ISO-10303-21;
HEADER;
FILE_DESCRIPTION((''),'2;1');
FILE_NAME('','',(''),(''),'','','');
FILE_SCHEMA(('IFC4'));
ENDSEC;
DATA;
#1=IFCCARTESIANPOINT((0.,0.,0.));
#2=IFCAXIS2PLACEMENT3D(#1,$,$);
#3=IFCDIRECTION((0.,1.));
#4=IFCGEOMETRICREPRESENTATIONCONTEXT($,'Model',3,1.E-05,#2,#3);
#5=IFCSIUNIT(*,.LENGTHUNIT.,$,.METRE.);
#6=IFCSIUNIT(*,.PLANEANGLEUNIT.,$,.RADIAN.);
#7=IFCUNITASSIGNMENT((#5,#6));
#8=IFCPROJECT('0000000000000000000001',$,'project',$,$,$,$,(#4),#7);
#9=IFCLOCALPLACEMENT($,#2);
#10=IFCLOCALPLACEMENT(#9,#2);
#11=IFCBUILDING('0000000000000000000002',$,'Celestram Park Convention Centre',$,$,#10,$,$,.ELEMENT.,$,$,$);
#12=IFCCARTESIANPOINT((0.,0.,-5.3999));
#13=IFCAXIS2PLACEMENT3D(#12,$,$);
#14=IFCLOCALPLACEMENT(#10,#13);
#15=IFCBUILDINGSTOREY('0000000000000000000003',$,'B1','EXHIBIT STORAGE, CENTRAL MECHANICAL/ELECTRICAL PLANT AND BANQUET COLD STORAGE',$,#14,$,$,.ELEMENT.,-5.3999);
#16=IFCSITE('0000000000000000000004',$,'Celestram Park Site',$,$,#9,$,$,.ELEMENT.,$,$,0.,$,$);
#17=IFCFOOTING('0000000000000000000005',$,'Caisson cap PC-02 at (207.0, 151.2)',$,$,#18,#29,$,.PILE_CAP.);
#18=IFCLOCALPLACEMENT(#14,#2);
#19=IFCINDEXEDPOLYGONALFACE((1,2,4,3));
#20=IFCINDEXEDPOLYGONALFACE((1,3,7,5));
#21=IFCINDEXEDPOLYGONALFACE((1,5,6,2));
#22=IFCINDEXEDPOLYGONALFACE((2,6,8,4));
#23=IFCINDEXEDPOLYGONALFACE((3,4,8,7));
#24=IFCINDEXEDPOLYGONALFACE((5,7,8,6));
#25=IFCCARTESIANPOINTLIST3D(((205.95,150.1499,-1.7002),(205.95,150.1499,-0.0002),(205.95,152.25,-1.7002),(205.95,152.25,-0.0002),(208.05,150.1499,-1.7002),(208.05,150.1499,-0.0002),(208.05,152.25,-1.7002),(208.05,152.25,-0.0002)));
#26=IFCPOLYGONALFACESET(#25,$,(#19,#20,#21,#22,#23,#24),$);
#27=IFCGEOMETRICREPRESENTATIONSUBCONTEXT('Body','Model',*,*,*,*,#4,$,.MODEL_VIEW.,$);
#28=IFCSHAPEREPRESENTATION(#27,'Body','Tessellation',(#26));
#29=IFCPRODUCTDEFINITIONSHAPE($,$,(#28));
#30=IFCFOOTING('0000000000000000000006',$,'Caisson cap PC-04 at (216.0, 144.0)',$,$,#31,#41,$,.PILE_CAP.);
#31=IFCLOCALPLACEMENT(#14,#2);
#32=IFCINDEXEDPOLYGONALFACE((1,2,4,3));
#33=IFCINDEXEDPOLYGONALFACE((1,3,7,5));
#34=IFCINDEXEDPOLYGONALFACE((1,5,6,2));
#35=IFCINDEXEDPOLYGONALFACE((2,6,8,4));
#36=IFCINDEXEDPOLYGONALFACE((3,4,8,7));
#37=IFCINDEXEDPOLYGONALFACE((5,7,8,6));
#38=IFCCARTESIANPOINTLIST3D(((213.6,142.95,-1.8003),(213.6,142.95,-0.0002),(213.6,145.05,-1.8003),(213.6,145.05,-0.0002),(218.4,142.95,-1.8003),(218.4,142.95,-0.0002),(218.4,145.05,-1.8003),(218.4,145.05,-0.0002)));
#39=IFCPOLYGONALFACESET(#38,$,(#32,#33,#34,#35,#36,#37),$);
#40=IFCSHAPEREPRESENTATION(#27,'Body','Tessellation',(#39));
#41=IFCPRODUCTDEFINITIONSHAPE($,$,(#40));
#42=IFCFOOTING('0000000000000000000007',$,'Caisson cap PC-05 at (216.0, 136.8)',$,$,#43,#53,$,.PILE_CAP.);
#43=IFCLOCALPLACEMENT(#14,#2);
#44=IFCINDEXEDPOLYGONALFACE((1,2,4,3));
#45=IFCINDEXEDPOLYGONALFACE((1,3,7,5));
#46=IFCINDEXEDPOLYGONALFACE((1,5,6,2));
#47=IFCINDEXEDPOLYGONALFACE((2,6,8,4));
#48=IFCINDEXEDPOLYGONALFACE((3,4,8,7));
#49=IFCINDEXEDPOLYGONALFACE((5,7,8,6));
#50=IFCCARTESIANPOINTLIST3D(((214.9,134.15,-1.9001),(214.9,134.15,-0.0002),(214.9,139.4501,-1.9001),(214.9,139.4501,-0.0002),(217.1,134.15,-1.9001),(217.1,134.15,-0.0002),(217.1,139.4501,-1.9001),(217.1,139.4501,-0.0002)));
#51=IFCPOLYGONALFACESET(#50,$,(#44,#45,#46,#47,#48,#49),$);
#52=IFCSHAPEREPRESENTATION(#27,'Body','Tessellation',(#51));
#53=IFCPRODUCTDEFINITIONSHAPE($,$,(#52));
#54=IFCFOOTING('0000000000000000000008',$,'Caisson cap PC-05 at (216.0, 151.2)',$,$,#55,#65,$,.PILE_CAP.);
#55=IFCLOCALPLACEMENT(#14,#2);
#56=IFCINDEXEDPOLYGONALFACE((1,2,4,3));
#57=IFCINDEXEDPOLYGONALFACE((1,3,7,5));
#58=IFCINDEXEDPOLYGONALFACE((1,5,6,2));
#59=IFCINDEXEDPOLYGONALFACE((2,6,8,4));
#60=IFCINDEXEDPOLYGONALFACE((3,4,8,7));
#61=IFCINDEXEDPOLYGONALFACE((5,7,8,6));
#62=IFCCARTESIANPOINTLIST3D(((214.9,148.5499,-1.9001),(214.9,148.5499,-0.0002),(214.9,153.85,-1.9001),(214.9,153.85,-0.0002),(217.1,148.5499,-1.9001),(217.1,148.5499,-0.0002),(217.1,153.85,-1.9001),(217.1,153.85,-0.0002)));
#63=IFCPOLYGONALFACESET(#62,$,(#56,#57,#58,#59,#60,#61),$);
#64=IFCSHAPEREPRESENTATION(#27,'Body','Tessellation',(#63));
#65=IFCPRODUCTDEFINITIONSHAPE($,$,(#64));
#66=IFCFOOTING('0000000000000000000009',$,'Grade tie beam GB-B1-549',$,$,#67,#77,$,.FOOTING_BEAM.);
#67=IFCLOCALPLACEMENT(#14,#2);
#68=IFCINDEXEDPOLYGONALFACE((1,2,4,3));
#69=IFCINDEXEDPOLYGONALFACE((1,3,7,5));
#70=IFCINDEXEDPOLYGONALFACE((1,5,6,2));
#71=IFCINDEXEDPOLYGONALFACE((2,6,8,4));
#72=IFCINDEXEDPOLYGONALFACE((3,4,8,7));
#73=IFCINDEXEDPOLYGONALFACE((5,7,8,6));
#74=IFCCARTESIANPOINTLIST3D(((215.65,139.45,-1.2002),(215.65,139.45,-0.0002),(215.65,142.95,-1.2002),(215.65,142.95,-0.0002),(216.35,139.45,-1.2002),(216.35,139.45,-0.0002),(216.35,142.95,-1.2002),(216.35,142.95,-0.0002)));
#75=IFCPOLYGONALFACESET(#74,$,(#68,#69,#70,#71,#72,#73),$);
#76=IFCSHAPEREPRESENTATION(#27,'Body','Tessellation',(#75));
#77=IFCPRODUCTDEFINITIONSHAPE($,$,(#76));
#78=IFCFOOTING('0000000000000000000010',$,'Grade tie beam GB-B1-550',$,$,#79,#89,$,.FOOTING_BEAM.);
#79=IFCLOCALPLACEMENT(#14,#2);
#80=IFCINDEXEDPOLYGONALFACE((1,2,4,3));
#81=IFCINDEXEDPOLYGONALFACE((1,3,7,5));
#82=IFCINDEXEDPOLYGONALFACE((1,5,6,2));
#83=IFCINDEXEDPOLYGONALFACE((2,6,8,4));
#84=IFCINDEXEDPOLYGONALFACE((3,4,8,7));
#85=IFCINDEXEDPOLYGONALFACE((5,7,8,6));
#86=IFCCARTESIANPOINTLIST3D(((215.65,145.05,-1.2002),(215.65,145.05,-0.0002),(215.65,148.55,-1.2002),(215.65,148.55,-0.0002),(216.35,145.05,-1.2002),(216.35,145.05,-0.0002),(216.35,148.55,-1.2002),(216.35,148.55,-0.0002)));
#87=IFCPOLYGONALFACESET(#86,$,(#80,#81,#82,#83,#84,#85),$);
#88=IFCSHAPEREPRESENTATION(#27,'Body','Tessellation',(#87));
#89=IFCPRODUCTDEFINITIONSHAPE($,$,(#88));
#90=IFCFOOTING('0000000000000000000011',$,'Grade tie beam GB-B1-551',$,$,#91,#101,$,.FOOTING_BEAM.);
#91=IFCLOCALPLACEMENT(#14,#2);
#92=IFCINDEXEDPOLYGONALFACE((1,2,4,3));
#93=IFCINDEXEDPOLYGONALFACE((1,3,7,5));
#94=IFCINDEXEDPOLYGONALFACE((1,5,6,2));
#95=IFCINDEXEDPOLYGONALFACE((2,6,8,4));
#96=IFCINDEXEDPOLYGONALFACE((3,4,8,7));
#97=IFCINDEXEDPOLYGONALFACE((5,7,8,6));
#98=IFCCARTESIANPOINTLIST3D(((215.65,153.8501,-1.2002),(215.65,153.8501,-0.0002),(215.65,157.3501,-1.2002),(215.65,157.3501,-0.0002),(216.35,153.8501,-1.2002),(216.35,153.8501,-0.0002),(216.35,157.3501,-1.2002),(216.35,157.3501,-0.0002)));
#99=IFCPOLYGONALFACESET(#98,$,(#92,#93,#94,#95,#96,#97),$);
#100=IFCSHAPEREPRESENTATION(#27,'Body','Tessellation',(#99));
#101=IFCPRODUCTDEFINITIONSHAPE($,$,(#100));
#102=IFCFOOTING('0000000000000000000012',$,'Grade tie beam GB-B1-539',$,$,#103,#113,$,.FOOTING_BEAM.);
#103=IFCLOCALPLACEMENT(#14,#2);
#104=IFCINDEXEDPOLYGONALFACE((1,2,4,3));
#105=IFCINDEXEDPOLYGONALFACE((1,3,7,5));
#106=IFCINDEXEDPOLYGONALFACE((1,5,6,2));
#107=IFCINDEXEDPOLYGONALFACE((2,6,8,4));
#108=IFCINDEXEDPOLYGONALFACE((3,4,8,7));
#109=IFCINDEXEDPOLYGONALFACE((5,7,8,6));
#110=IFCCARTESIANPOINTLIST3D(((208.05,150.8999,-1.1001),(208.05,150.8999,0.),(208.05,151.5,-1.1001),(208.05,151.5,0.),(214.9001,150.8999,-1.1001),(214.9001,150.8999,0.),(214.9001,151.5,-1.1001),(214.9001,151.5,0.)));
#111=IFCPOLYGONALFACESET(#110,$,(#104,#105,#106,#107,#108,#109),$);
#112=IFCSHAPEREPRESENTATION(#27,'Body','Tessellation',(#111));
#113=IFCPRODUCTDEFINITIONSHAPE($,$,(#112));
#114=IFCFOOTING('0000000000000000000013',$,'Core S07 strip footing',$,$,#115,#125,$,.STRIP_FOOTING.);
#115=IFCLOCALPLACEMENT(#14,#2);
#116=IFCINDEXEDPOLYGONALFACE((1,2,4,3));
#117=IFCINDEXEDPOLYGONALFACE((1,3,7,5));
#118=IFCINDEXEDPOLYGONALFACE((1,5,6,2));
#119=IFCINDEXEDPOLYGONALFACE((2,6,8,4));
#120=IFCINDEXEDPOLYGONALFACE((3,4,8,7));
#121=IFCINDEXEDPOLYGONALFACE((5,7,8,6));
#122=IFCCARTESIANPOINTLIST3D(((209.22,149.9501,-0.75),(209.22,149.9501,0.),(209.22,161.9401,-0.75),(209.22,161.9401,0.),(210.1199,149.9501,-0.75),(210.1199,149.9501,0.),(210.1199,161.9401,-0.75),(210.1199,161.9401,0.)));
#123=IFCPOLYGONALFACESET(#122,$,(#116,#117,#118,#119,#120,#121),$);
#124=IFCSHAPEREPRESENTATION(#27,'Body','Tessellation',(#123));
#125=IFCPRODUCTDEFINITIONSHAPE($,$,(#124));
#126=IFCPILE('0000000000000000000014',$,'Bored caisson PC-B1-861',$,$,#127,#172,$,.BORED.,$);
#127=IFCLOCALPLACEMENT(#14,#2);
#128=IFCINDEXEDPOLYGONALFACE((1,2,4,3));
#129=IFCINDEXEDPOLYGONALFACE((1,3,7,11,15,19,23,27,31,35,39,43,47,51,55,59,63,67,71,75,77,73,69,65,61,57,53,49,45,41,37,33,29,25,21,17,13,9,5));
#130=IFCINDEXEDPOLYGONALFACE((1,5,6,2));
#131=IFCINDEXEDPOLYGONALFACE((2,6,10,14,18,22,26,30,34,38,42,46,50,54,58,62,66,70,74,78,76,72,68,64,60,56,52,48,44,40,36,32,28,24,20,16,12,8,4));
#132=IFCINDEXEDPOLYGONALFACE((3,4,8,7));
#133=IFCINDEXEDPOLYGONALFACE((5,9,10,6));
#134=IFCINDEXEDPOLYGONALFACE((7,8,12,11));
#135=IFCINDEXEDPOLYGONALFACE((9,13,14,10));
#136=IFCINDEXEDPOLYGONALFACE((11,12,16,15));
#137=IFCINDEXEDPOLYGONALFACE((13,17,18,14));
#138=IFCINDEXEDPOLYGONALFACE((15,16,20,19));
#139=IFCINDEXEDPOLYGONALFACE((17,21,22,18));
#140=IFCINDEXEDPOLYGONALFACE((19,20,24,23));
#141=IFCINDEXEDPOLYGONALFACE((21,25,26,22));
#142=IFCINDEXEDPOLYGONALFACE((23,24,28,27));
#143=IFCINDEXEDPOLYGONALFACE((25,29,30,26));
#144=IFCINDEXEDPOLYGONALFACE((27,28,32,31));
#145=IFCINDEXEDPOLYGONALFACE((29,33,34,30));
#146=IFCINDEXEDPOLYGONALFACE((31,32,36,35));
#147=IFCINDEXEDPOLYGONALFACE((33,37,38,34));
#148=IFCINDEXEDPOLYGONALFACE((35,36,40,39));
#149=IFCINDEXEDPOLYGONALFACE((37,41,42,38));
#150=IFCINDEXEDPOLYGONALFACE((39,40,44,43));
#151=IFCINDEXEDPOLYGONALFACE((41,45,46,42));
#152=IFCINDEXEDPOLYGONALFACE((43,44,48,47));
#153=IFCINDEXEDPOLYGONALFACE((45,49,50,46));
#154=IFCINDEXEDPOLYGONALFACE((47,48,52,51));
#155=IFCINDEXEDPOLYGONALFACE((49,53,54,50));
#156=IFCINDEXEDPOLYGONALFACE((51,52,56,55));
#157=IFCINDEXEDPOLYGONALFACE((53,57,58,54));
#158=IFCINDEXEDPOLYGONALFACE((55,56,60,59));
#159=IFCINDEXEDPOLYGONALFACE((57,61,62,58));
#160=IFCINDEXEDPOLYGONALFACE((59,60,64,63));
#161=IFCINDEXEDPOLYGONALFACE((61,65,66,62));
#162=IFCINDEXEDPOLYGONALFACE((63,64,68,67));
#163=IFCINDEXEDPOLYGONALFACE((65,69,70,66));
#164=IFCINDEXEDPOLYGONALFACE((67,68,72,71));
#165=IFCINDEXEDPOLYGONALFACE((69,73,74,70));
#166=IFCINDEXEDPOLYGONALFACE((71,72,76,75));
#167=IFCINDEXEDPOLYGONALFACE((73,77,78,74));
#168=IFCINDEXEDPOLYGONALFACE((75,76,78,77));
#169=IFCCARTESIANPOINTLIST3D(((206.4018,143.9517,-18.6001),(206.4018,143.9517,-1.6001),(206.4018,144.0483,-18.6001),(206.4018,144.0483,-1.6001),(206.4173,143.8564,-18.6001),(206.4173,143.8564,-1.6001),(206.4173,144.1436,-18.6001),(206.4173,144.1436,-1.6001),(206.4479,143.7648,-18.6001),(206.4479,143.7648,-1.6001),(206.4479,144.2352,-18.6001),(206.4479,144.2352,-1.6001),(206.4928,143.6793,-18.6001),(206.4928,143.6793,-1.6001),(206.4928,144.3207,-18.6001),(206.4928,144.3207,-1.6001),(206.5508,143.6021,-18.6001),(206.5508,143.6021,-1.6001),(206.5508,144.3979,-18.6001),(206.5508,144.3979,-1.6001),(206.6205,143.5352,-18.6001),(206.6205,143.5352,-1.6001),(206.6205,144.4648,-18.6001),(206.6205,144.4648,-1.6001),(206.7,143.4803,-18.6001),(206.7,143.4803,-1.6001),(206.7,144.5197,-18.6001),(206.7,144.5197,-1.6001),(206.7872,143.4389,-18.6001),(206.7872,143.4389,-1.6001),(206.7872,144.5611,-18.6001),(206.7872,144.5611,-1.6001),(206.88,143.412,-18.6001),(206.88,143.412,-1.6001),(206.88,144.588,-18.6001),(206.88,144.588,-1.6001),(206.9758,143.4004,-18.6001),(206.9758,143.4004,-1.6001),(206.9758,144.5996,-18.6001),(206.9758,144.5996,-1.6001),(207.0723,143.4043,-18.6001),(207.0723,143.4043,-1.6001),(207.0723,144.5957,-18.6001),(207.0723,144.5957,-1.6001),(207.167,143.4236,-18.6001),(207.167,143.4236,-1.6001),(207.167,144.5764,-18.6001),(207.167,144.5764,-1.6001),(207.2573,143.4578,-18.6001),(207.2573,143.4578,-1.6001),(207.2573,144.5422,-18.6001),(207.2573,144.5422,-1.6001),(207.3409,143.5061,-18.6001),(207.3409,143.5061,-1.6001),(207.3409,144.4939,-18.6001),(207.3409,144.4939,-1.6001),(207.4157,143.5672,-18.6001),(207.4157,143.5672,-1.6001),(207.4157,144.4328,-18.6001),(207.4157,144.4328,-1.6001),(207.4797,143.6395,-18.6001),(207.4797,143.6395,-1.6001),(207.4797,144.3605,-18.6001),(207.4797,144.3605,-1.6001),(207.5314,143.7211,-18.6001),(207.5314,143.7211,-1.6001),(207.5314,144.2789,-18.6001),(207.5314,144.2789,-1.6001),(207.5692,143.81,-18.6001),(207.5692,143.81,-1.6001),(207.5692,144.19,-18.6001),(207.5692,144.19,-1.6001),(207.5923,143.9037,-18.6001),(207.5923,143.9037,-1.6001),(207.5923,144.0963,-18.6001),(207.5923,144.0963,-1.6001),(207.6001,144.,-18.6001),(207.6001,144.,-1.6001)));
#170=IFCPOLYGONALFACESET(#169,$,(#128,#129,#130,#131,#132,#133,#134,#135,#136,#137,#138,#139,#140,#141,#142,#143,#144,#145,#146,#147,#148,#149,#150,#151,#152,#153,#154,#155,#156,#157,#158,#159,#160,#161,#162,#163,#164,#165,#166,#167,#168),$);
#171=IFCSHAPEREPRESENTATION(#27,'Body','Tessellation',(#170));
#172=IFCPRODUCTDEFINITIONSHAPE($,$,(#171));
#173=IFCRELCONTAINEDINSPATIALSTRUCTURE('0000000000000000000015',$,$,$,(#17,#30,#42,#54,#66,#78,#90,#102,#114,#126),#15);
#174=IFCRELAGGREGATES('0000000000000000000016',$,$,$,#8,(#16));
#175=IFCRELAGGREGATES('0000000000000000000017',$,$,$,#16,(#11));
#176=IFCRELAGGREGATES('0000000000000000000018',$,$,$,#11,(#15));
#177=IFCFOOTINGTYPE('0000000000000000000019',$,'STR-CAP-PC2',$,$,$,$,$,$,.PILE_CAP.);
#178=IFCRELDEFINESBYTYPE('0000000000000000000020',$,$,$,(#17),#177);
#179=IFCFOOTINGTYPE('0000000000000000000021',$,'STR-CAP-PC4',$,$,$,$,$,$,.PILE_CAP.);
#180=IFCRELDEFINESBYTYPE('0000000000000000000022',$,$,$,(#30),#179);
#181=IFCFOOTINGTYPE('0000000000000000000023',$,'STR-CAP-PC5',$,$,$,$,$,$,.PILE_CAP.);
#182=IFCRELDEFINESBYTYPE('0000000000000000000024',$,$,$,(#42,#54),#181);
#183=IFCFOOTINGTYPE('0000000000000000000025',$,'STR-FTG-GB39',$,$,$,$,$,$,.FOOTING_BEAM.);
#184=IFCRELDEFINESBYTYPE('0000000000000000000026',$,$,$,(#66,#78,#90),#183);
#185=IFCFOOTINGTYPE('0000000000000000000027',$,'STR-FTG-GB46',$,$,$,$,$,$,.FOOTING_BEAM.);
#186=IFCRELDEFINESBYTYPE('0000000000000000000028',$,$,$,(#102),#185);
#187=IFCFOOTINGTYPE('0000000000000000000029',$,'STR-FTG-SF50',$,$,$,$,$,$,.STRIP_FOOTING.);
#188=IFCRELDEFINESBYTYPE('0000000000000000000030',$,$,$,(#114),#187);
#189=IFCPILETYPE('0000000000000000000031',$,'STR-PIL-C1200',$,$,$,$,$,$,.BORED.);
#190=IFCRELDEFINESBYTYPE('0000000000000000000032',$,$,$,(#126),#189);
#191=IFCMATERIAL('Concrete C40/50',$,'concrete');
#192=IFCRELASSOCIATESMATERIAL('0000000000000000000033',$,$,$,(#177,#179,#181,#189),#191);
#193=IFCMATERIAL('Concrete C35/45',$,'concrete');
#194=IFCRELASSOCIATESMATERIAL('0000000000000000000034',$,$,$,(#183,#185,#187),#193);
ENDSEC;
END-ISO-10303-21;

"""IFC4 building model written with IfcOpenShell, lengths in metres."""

from ifc_helpers import new_model, si_unit, direction, frame, origin, origin_2d, place, context, subcontext, project, spatial, rectangle, circle, extrude, material, material_profile, profile_set, type_object, element, save


model = new_model("IFC4")

# Units and contexts
model_context = context("Model", 3, precision=1e-05, world=origin(), true_north=direction((0.0, 1.0)))
body_context = subcontext(model_context, "Body", "Model", "MODEL_VIEW")
ifc_project = project(units=[si_unit("LENGTHUNIT", "METRE"), si_unit("PLANEANGLEUNIT", "RADIAN")], contexts=[model_context])

# Site, building, storey
site_placement = place(None, origin())
site = spatial("IfcSite", under=ifc_project, at=site_placement, Name="Celestram Park Site", CompositionType="ELEMENT", RefElevation=0.0)
building_placement = place(site_placement, origin())
building = spatial("IfcBuilding", under=site, at=building_placement, Name="Celestram Park Convention Centre", CompositionType="ELEMENT")
storey_placement = place(building_placement, frame((0.0, 0.0, -5.3999)))
storey = spatial("IfcBuildingStorey", under=building, at=storey_placement, Name="B1", Description="EXHIBIT STORAGE, CENTRAL MECHANICAL/ELECTRICAL PLANT AND BANQUET COLD STORAGE", CompositionType="ELEMENT", Elevation=-5.3999)

# Footings
ifc_material_1 = material(Name="Concrete C40/50", Category="concrete")
footing_type_1 = type_object("IfcFootingType", Name="STR-CAP-PC2", PredefinedType="PILE_CAP", material=ifc_material_1)
footing_1_placement = place(storey_placement, frame((207.0, 151.2, -1.7002), z_axis=(0.0, 0.0, 1.0), x_axis=(1.0, 0.0, 0.0)))
element("IfcFooting", 1, at=footing_1_placement, inside=storey, type_object=footing_type_1, Name="Caisson cap PC-02 at (207.0, 151.2)", PredefinedType="PILE_CAP", context=body_context, shape_type="SweptSolid", body=[
    extrude(rectangle(XDim=2.1001, YDim=2.1001, at=origin_2d()), origin(), (0.0, 0.0, 1.0), 1.7),
])
footing_type_2 = type_object("IfcFootingType", Name="STR-CAP-PC4", PredefinedType="PILE_CAP", material=ifc_material_1)
footing_2_placement = place(storey_placement, frame((216.0, 144.0, -1.8003), z_axis=(0.0, 0.0, 1.0), x_axis=(1.0, 0.0, 0.0)))
element("IfcFooting", 2, at=footing_2_placement, inside=storey, type_object=footing_type_2, Name="Caisson cap PC-04 at (216.0, 144.0)", PredefinedType="PILE_CAP", context=body_context, shape_type="SweptSolid", body=[
    extrude(rectangle(XDim=4.8, YDim=2.1001, at=origin_2d()), origin(), (0.0, 0.0, 1.0), 1.8),
])
footing_type_3 = type_object("IfcFootingType", Name="STR-CAP-PC5", PredefinedType="PILE_CAP", material=ifc_material_1)
for number, where, z_axis, x_axis, name in (
    (3, (216.0, 136.8, -1.9001), (0.0, 0.0, 1.0), (1.0, 0.0, 0.0), "Caisson cap PC-05 at (216.0, 136.8)"),
    (4, (216.0, 151.2, -1.9001), (0.0, 0.0, 1.0), (1.0, 0.0, 0.0), "Caisson cap PC-05 at (216.0, 151.2)"),
):
    element("IfcFooting", number, at=place(storey_placement, frame(where, z_axis=z_axis, x_axis=x_axis)), inside=storey, type_object=footing_type_3, Name=name, PredefinedType="PILE_CAP", context=body_context, shape_type="SweptSolid", body=[
        extrude(rectangle(XDim=2.2, YDim=5.3, at=origin_2d()), origin(), (0.0, 0.0, 1.0), 1.8999),
    ])
ifc_material_2 = material(Name="Concrete C35/45", Category="concrete")
footing_type_4 = type_object("IfcFootingType", Name="STR-FTG-GB39", PredefinedType="FOOTING_BEAM", material=ifc_material_2)
for number, where, z_axis, x_axis, name in (
    (5, (216.0, 141.2, -1.2002), (0.0, 0.0, 1.0), (0.0, 1.0, 0.0), "Grade tie beam GB-B1-549"),
    (6, (216.0, 146.8, -1.2002), (0.0, 0.0, 1.0), (0.0, 1.0, 0.0), "Grade tie beam GB-B1-550"),
    (7, (216.0, 155.6001, -1.2002), (0.0, 0.0, 1.0), (0.0, 1.0, 0.0), "Grade tie beam GB-B1-551"),
):
    element("IfcFooting", number, at=place(storey_placement, frame(where, z_axis=z_axis, x_axis=x_axis)), inside=storey, type_object=footing_type_4, Name=name, PredefinedType="FOOTING_BEAM", context=body_context, shape_type="SweptSolid", body=[
        extrude(rectangle(XDim=3.5, YDim=0.7, at=origin_2d()), origin(), (0.0, 0.0, 1.0), 1.2),
    ])
footing_type_5 = type_object("IfcFootingType", Name="STR-FTG-GB46", PredefinedType="FOOTING_BEAM", material=ifc_material_2)
footing_3_placement = place(storey_placement, frame((211.4751, 151.2, -1.1001), z_axis=(0.0, 0.0, 1.0), x_axis=(1.0, 0.0, 0.0)))
element("IfcFooting", 8, at=footing_3_placement, inside=storey, type_object=footing_type_5, Name="Grade tie beam GB-B1-539", PredefinedType="FOOTING_BEAM", context=body_context, shape_type="SweptSolid", body=[
    extrude(rectangle(XDim=6.8501, YDim=0.6001, at=origin_2d()), origin(), (0.0, 0.0, 1.0), 1.1001),
])
footing_type_6 = type_object("IfcFootingType", Name="STR-FTG-SF50", PredefinedType="STRIP_FOOTING", material=ifc_material_2)
footing_4_placement = place(storey_placement, frame((209.6699, 155.9451, -0.75), z_axis=(0.0, 0.0, 1.0), x_axis=(0.0, 1.0, 0.0)))
element("IfcFooting", 9, at=footing_4_placement, inside=storey, type_object=footing_type_6, Name="Core S07 strip footing", PredefinedType="STRIP_FOOTING", context=body_context, shape_type="SweptSolid", body=[
    extrude(rectangle(XDim=11.99, YDim=0.8999, at=origin_2d()), origin(), (0.0, 0.0, 1.0), 0.75),
])

# Pile
ifc_material_profile_1 = material_profile(ifc_material_1, circle(Radius=0.6001, at=origin_2d()), Name="CAISSON1200")
ifc_profile_set_1 = profile_set([ifc_material_profile_1], Name="Concrete C40/50")
pile_type_1 = type_object("IfcPileType", Name="STR-PIL-C1200", PredefinedType="BORED", material=ifc_profile_set_1)
for number, where, z_axis, x_axis, name in (
    (10, (207.0, 144.0, -1.6001), (0.0, 0.0, -1.0), (1.0, 0.0, 0.0), "Bored caisson PC-B1-861"),
):
    element("IfcPile", number, at=place(storey_placement, frame(where, z_axis=z_axis, x_axis=x_axis)), inside=storey, type_object=pile_type_1, Name=name, PredefinedType="BORED", context=body_context, shape_type="SweptSolid", body=[
        extrude(circle(Radius=0.6001, at=origin_2d()), origin(), (0.0, 0.0, 1.0), 17.0),
    ])

save(model, "model.ifc")
